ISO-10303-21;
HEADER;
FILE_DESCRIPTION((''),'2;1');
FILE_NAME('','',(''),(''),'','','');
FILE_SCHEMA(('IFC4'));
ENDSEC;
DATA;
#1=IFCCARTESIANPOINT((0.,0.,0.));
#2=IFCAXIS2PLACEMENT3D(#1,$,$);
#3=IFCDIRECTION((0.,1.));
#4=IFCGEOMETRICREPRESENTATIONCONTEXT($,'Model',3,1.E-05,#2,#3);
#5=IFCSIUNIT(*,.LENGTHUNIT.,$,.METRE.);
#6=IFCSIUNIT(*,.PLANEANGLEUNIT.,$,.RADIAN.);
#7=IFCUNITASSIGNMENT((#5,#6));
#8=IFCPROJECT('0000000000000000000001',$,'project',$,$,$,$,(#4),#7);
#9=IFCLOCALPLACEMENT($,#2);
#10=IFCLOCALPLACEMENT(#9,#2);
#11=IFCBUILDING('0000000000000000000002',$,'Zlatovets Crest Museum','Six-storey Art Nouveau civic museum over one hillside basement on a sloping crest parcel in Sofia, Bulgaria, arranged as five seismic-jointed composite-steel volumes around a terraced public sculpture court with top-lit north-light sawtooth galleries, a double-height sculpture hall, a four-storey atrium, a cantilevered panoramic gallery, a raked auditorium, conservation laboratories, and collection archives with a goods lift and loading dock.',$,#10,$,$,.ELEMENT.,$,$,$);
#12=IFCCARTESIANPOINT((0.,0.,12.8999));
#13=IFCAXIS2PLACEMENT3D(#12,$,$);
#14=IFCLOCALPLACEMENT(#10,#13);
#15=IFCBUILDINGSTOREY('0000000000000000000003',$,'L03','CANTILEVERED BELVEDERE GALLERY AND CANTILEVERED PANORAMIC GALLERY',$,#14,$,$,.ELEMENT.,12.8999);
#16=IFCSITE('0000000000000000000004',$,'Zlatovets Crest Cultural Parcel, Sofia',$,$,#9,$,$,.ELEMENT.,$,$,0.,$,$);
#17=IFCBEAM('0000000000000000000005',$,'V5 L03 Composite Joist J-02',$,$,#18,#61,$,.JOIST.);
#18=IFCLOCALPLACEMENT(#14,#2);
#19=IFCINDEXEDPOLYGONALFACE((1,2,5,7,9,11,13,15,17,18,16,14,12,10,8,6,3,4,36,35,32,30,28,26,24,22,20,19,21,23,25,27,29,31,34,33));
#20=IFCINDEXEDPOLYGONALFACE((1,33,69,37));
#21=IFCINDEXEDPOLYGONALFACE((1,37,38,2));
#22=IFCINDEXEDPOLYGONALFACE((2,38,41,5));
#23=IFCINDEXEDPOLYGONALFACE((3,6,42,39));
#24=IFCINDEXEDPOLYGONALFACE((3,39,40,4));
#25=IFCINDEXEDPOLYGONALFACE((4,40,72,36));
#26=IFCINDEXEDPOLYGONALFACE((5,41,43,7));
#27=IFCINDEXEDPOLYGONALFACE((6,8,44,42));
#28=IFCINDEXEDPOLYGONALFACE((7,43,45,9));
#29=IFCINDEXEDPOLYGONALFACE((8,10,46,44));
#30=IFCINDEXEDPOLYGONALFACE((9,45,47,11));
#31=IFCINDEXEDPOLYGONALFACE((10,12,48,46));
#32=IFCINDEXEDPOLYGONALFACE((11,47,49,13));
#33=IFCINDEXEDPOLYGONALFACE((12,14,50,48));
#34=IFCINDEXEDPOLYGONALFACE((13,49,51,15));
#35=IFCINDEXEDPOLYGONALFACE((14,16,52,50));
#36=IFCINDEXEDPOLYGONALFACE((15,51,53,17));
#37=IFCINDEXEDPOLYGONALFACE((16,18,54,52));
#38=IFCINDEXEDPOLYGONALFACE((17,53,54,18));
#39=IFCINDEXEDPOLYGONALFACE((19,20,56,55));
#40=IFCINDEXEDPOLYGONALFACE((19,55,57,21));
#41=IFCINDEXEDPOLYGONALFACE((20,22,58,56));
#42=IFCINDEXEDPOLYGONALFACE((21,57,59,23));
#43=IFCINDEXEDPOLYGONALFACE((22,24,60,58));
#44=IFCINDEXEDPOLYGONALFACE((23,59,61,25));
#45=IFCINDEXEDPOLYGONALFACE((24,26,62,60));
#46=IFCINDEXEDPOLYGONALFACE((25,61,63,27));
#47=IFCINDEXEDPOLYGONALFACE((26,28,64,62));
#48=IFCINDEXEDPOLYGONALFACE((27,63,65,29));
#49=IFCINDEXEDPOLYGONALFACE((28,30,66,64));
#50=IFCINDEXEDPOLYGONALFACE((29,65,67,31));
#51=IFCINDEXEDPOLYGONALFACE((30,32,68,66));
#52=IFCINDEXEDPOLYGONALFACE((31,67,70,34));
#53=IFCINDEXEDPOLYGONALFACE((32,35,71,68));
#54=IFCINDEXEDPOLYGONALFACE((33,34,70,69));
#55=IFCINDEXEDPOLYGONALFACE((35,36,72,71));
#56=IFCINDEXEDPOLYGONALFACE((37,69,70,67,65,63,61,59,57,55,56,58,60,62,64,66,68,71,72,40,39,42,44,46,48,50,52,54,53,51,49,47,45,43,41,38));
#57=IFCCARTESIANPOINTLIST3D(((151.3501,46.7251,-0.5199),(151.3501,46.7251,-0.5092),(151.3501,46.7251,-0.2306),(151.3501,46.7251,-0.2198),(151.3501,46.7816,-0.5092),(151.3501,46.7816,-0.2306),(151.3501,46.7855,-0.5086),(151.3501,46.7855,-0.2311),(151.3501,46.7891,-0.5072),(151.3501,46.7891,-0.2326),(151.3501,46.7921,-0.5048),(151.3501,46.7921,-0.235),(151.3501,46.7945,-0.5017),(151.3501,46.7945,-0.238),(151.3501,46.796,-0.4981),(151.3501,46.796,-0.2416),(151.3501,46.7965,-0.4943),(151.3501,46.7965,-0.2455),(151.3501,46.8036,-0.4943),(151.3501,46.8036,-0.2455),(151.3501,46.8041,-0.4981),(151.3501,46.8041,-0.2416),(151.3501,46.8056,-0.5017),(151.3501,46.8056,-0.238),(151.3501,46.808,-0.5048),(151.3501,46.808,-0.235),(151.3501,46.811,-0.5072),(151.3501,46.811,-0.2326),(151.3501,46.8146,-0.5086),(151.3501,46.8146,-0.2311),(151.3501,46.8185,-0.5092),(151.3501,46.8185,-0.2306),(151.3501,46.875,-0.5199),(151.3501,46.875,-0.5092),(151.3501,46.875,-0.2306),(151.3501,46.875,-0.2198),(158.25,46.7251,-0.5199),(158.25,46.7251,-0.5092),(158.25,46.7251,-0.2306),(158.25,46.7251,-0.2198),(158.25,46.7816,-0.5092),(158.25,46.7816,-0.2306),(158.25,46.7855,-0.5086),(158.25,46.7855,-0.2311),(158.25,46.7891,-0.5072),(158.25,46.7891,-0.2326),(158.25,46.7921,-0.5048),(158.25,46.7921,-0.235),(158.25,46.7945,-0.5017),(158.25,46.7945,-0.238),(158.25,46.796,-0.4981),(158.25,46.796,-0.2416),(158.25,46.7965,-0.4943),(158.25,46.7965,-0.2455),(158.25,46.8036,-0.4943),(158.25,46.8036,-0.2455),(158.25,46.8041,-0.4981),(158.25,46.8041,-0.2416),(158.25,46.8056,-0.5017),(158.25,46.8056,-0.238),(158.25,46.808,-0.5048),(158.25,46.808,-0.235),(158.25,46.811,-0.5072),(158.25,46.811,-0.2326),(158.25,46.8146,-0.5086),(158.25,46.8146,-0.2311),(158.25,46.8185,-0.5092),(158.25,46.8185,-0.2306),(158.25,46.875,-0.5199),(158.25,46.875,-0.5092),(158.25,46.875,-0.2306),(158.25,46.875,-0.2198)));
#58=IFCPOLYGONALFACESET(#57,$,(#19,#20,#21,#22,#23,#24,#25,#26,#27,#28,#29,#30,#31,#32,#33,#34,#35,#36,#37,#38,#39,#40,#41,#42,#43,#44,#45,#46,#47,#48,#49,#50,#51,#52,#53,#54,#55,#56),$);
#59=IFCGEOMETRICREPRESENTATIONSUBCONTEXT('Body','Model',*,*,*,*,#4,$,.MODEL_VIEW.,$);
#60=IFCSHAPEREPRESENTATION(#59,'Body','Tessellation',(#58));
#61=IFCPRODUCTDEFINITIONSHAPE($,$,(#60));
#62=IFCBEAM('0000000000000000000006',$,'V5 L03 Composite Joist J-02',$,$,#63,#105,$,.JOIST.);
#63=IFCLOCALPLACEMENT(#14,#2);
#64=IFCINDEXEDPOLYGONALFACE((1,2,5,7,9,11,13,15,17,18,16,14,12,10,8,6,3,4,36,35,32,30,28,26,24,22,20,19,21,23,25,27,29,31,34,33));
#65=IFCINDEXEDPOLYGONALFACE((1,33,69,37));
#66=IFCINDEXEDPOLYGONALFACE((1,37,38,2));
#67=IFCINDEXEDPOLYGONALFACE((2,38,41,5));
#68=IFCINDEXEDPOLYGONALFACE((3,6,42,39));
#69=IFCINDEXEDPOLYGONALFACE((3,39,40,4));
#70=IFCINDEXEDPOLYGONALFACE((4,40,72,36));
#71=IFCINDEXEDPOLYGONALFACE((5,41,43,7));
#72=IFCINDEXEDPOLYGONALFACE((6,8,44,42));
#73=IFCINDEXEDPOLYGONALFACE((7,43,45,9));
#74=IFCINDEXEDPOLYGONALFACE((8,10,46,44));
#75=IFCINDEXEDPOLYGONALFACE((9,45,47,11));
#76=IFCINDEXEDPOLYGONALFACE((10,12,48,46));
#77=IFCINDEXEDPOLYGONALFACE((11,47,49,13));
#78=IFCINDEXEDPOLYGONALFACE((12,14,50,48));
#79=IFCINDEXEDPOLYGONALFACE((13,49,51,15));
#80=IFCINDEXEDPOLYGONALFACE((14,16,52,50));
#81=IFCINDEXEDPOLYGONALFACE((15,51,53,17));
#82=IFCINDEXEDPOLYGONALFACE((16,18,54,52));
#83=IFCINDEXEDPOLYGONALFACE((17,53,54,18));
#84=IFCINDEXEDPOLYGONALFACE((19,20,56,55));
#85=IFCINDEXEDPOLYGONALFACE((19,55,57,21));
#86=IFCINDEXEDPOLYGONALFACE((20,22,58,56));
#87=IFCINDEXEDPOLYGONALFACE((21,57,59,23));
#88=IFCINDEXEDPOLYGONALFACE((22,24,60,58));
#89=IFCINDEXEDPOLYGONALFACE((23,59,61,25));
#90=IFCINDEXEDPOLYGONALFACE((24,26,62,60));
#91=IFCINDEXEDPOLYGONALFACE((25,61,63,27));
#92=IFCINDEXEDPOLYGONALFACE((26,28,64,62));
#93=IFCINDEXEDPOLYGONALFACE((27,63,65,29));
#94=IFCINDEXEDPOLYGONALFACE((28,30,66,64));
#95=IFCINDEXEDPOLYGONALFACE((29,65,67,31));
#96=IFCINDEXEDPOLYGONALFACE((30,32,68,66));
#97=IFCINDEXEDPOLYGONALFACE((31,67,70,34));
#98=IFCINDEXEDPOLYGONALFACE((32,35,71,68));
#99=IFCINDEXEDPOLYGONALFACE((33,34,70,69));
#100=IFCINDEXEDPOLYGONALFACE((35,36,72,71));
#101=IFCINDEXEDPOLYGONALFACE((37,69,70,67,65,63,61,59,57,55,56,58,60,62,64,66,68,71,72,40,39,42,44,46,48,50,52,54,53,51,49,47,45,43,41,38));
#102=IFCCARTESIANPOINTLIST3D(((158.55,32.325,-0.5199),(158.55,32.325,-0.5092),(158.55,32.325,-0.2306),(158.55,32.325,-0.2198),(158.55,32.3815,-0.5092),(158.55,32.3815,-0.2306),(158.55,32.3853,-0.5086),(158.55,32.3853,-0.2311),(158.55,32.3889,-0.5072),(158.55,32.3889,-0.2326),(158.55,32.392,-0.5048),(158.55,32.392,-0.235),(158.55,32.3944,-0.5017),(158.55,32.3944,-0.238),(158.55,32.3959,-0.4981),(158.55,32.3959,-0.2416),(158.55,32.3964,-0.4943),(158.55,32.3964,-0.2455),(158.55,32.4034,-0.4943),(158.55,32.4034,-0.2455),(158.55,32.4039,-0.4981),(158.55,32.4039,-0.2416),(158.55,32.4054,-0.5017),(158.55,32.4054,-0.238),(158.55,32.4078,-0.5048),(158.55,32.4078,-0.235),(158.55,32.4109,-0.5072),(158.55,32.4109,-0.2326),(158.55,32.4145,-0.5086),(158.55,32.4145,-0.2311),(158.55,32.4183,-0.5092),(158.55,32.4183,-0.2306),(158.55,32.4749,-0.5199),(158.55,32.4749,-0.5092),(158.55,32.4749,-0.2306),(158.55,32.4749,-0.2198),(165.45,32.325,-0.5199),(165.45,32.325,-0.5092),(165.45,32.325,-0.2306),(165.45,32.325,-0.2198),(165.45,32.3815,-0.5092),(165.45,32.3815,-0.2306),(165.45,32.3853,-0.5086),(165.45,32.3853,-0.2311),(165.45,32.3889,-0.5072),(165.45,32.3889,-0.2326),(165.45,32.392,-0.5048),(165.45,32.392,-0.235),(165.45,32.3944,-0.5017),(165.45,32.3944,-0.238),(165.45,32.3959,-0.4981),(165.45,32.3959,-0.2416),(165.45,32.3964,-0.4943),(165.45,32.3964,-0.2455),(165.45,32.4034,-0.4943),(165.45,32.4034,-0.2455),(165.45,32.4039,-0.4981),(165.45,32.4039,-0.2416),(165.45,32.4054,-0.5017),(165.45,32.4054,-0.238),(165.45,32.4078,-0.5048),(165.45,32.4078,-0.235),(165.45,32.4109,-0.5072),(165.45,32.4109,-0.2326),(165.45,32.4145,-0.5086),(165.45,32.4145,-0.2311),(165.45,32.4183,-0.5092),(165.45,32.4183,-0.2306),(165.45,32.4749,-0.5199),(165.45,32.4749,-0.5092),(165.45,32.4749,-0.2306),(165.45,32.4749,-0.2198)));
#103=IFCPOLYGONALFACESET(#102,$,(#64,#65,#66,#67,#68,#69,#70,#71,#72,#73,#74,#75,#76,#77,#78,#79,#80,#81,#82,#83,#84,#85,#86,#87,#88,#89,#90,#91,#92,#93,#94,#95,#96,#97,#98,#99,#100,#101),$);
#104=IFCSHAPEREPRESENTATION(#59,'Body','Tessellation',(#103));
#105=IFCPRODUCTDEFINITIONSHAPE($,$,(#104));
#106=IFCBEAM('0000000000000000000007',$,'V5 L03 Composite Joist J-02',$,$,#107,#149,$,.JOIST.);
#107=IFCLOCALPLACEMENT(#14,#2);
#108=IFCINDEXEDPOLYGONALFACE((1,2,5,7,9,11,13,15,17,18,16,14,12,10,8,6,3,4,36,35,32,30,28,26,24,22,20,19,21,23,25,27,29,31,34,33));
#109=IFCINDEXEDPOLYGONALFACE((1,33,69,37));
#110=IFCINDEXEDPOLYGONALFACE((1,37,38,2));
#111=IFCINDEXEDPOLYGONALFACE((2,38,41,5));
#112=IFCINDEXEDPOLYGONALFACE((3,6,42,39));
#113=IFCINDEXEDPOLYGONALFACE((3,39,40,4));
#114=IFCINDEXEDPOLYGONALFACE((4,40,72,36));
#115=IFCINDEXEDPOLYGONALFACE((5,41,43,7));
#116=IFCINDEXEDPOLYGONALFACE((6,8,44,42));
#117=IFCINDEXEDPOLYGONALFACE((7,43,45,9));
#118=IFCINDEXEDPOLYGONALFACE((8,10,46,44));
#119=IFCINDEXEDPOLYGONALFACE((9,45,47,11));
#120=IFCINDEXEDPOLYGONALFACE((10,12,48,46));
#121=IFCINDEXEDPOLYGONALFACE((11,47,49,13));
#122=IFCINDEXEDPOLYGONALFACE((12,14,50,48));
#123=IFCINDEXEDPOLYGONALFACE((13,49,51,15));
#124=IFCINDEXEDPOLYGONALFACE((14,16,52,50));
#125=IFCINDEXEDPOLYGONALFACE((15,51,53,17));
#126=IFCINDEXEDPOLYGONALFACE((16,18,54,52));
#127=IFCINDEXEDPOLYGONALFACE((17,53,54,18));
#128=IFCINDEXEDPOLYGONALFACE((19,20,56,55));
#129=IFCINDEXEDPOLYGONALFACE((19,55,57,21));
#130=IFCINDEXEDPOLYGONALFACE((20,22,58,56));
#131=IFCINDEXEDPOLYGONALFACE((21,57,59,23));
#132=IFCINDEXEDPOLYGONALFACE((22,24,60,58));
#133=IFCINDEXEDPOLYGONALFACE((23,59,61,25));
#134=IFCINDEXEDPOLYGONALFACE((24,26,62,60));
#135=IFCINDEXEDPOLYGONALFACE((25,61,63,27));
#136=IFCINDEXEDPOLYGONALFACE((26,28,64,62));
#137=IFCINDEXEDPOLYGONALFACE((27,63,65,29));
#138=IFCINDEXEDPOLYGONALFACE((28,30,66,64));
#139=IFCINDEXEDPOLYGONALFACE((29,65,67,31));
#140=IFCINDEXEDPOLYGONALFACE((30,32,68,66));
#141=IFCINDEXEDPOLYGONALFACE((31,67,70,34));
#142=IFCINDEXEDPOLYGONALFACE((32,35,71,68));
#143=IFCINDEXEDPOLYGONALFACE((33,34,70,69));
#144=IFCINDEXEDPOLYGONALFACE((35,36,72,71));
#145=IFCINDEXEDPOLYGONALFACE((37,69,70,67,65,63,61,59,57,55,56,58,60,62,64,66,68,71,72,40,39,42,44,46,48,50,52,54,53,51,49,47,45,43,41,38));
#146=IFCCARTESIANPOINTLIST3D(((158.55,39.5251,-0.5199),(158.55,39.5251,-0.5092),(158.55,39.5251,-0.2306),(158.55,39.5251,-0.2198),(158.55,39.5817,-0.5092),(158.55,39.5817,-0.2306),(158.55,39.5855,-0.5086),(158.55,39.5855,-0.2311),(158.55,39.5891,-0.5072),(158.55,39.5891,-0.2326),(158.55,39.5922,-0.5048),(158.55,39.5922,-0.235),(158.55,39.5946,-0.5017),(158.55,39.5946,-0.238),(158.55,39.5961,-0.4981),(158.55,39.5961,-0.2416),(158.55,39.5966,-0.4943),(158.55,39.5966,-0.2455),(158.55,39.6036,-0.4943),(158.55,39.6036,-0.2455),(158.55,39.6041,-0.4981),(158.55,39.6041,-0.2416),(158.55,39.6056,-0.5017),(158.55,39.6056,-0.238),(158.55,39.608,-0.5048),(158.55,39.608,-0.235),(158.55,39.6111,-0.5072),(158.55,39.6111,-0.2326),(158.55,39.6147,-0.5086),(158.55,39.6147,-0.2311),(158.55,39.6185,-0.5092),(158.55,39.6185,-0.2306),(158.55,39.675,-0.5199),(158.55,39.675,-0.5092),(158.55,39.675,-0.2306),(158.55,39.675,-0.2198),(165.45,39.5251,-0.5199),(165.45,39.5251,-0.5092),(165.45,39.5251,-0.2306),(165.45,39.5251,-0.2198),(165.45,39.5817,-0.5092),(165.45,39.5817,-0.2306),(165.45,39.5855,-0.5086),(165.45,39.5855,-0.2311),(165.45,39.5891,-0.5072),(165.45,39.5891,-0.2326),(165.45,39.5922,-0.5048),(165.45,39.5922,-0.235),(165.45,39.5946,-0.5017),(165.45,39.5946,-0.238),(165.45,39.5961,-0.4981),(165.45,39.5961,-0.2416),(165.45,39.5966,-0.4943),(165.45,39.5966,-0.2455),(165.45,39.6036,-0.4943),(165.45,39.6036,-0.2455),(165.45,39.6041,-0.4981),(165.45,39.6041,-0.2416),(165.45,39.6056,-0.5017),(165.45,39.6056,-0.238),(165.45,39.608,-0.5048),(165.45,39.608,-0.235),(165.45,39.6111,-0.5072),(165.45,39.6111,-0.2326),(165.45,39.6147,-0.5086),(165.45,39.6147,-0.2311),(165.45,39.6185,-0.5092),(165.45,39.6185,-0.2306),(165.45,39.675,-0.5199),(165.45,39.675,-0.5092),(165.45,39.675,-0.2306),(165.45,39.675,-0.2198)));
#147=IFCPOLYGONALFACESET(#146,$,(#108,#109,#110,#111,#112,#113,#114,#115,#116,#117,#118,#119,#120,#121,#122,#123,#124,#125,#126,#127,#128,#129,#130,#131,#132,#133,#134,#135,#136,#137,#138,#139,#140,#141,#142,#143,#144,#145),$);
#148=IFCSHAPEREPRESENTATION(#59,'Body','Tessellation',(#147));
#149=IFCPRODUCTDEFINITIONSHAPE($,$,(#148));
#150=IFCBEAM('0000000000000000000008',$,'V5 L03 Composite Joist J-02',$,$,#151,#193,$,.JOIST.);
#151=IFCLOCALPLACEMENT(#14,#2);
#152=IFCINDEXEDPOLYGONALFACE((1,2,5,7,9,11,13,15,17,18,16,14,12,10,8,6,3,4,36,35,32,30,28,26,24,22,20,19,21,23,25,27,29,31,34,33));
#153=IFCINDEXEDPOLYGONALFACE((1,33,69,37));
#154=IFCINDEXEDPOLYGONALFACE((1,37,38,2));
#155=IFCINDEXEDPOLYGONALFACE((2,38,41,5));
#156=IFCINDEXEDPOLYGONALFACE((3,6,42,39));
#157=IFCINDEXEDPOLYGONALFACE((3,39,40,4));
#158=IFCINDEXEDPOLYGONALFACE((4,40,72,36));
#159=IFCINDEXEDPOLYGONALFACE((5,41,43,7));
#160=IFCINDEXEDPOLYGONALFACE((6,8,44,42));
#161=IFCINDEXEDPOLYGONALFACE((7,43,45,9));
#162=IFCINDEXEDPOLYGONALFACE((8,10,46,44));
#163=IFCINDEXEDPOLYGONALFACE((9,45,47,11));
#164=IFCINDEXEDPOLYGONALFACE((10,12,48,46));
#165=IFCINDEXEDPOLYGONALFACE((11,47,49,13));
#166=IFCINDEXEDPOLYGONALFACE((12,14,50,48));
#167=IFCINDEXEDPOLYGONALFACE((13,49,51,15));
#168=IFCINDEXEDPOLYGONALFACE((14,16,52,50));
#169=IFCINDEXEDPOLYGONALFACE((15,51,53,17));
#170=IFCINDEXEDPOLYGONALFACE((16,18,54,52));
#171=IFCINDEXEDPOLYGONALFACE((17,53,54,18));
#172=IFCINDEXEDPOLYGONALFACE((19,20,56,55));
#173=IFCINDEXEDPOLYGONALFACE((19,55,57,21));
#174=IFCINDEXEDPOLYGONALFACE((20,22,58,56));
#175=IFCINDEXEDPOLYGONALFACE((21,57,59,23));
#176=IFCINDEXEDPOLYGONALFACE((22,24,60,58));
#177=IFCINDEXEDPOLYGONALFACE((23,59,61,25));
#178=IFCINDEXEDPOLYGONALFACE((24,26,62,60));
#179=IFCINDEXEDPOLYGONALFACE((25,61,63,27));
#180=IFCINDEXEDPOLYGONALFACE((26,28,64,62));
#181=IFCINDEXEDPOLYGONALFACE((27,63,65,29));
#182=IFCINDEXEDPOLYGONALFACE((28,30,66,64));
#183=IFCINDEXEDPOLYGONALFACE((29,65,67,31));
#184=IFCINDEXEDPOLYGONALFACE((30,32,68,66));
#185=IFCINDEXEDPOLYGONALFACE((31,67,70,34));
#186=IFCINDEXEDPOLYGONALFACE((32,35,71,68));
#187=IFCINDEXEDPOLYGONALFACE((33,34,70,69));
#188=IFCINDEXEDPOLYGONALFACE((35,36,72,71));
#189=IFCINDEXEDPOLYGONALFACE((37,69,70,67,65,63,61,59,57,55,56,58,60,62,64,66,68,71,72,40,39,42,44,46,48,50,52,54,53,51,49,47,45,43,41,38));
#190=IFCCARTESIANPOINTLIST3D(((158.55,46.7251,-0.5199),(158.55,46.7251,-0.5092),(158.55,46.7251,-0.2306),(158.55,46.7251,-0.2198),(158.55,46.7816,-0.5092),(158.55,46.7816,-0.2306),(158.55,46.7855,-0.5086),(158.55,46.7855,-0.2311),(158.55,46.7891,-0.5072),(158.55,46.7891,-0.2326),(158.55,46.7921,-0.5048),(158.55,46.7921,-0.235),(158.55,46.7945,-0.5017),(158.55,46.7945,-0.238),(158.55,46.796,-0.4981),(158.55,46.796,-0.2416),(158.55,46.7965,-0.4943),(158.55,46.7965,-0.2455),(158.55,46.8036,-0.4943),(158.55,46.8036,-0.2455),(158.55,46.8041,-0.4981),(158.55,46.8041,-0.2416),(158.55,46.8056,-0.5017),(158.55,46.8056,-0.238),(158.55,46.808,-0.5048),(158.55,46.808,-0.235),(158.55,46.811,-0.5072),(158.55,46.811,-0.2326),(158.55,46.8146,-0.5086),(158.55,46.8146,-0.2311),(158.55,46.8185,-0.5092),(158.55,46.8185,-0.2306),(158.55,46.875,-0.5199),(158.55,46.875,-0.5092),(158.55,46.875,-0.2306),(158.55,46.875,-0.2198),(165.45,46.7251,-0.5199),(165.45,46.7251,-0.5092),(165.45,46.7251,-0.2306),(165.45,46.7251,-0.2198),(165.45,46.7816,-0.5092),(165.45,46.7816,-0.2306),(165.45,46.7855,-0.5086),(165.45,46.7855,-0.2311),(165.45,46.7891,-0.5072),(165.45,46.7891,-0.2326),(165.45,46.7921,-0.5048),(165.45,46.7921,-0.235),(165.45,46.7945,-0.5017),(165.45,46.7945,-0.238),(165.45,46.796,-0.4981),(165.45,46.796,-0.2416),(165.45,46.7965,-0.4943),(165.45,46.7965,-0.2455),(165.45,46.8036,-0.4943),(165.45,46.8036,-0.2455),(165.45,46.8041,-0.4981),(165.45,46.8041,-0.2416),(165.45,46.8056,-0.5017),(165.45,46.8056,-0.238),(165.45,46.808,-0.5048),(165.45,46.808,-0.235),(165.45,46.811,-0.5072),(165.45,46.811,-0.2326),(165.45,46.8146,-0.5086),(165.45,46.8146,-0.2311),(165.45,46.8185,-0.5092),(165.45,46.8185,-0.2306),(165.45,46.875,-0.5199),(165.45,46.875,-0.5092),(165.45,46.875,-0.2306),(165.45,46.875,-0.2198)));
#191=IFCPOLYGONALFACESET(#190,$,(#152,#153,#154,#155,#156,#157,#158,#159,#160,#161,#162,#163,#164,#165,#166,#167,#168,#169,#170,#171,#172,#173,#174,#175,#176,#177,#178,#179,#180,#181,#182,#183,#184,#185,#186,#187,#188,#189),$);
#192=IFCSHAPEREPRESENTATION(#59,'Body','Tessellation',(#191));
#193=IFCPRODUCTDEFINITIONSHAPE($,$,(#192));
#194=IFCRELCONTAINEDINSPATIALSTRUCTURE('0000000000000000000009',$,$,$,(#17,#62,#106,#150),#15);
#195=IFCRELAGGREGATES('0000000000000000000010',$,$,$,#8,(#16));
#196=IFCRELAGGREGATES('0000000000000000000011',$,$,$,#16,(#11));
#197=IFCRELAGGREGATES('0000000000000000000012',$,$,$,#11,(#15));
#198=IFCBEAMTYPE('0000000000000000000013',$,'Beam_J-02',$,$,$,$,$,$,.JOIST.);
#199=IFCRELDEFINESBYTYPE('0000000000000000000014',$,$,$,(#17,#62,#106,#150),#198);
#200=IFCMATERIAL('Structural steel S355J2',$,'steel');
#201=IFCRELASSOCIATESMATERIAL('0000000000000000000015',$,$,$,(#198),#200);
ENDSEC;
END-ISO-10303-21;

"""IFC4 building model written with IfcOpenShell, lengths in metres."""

from ifc_helpers import new_model, si_unit, direction, frame, origin, origin_2d, place, context, subcontext, project, spatial, i_section, extrude, material, material_profile, profile_set, type_object, element, save


model = new_model("IFC4")

# Units and contexts
model_context = context("Model", 3, precision=1e-05, world=origin(), true_north=direction((0.0, 1.0)))
body_context = subcontext(model_context, "Body", "Model", "MODEL_VIEW")
ifc_project = project(units=[si_unit("LENGTHUNIT", "METRE"), si_unit("PLANEANGLEUNIT", "RADIAN")], contexts=[model_context])

# Site, building, storey
site_placement = place(None, origin())
site = spatial("IfcSite", under=ifc_project, at=site_placement, Name="Zlatovets Crest Cultural Parcel, Sofia", CompositionType="ELEMENT", RefElevation=0.0)
building_placement = place(site_placement, origin())
building = spatial("IfcBuilding", under=site, at=building_placement, Name="Zlatovets Crest Museum", Description="Six-storey Art Nouveau civic museum over one hillside basement on a sloping crest parcel in Sofia, Bulgaria, arranged as five seismic-jointed composite-steel volumes around a terraced public sculpture court with top-lit north-light sawtooth galleries, a double-height sculpture hall, a four-storey atrium, a cantilevered panoramic gallery, a raked auditorium, conservation laboratories, and collection archives with a goods lift and loading dock.", CompositionType="ELEMENT")
storey_placement = place(building_placement, frame((0.0, 0.0, 12.8999)))
storey = spatial("IfcBuildingStorey", under=building, at=storey_placement, Name="L03", Description="CANTILEVERED BELVEDERE GALLERY AND CANTILEVERED PANORAMIC GALLERY", CompositionType="ELEMENT", Elevation=12.8999)

# Beams
ifc_material = material(Name="Structural steel S355J2", Category="steel")
ifc_material_profile_1 = material_profile(ifc_material, i_section(OverallWidth=0.1499, OverallDepth=0.3, WebThickness=0.0071, FlangeThickness=0.0107, FilletRadius=0.0149, at=origin_2d()), Name="IPE 300")
ifc_profile_set_1 = profile_set([ifc_material_profile_1], Name="Structural steel S355J2")
beam_type_1 = type_object("IfcBeamType", Name="Beam_J-02", PredefinedType="JOIST", material=ifc_profile_set_1)
for number, where, z_axis, x_axis, name in (
    (1, (151.3501, 46.8, -0.3699), (1.0, 0.0, 0.0), (0.0, 1.0, 0.0), "V5 L03 Composite Joist J-02"),
    (2, (158.55, 32.3999, -0.3699), (1.0, 0.0, 0.0), (0.0, 1.0, 0.0), "V5 L03 Composite Joist J-02"),
    (3, (158.55, 39.6001, -0.3699), (1.0, 0.0, 0.0), (0.0, 1.0, 0.0), "V5 L03 Composite Joist J-02"),
    (4, (158.55, 46.8, -0.3699), (1.0, 0.0, 0.0), (0.0, 1.0, 0.0), "V5 L03 Composite Joist J-02"),
):
    element("IfcBeam", number, at=place(storey_placement, frame(where, z_axis=z_axis, x_axis=x_axis)), inside=storey, type_object=beam_type_1, Name=name, PredefinedType="JOIST", context=body_context, shape_type="SweptSolid", body=[
        extrude(i_section(OverallWidth=0.1499, OverallDepth=0.3, WebThickness=0.0071, FlangeThickness=0.0107, FilletRadius=0.0149, at=origin_2d()), origin(), (0.0, 0.0, 1.0), 6.8999),
    ])

save(model, "model.ifc")
